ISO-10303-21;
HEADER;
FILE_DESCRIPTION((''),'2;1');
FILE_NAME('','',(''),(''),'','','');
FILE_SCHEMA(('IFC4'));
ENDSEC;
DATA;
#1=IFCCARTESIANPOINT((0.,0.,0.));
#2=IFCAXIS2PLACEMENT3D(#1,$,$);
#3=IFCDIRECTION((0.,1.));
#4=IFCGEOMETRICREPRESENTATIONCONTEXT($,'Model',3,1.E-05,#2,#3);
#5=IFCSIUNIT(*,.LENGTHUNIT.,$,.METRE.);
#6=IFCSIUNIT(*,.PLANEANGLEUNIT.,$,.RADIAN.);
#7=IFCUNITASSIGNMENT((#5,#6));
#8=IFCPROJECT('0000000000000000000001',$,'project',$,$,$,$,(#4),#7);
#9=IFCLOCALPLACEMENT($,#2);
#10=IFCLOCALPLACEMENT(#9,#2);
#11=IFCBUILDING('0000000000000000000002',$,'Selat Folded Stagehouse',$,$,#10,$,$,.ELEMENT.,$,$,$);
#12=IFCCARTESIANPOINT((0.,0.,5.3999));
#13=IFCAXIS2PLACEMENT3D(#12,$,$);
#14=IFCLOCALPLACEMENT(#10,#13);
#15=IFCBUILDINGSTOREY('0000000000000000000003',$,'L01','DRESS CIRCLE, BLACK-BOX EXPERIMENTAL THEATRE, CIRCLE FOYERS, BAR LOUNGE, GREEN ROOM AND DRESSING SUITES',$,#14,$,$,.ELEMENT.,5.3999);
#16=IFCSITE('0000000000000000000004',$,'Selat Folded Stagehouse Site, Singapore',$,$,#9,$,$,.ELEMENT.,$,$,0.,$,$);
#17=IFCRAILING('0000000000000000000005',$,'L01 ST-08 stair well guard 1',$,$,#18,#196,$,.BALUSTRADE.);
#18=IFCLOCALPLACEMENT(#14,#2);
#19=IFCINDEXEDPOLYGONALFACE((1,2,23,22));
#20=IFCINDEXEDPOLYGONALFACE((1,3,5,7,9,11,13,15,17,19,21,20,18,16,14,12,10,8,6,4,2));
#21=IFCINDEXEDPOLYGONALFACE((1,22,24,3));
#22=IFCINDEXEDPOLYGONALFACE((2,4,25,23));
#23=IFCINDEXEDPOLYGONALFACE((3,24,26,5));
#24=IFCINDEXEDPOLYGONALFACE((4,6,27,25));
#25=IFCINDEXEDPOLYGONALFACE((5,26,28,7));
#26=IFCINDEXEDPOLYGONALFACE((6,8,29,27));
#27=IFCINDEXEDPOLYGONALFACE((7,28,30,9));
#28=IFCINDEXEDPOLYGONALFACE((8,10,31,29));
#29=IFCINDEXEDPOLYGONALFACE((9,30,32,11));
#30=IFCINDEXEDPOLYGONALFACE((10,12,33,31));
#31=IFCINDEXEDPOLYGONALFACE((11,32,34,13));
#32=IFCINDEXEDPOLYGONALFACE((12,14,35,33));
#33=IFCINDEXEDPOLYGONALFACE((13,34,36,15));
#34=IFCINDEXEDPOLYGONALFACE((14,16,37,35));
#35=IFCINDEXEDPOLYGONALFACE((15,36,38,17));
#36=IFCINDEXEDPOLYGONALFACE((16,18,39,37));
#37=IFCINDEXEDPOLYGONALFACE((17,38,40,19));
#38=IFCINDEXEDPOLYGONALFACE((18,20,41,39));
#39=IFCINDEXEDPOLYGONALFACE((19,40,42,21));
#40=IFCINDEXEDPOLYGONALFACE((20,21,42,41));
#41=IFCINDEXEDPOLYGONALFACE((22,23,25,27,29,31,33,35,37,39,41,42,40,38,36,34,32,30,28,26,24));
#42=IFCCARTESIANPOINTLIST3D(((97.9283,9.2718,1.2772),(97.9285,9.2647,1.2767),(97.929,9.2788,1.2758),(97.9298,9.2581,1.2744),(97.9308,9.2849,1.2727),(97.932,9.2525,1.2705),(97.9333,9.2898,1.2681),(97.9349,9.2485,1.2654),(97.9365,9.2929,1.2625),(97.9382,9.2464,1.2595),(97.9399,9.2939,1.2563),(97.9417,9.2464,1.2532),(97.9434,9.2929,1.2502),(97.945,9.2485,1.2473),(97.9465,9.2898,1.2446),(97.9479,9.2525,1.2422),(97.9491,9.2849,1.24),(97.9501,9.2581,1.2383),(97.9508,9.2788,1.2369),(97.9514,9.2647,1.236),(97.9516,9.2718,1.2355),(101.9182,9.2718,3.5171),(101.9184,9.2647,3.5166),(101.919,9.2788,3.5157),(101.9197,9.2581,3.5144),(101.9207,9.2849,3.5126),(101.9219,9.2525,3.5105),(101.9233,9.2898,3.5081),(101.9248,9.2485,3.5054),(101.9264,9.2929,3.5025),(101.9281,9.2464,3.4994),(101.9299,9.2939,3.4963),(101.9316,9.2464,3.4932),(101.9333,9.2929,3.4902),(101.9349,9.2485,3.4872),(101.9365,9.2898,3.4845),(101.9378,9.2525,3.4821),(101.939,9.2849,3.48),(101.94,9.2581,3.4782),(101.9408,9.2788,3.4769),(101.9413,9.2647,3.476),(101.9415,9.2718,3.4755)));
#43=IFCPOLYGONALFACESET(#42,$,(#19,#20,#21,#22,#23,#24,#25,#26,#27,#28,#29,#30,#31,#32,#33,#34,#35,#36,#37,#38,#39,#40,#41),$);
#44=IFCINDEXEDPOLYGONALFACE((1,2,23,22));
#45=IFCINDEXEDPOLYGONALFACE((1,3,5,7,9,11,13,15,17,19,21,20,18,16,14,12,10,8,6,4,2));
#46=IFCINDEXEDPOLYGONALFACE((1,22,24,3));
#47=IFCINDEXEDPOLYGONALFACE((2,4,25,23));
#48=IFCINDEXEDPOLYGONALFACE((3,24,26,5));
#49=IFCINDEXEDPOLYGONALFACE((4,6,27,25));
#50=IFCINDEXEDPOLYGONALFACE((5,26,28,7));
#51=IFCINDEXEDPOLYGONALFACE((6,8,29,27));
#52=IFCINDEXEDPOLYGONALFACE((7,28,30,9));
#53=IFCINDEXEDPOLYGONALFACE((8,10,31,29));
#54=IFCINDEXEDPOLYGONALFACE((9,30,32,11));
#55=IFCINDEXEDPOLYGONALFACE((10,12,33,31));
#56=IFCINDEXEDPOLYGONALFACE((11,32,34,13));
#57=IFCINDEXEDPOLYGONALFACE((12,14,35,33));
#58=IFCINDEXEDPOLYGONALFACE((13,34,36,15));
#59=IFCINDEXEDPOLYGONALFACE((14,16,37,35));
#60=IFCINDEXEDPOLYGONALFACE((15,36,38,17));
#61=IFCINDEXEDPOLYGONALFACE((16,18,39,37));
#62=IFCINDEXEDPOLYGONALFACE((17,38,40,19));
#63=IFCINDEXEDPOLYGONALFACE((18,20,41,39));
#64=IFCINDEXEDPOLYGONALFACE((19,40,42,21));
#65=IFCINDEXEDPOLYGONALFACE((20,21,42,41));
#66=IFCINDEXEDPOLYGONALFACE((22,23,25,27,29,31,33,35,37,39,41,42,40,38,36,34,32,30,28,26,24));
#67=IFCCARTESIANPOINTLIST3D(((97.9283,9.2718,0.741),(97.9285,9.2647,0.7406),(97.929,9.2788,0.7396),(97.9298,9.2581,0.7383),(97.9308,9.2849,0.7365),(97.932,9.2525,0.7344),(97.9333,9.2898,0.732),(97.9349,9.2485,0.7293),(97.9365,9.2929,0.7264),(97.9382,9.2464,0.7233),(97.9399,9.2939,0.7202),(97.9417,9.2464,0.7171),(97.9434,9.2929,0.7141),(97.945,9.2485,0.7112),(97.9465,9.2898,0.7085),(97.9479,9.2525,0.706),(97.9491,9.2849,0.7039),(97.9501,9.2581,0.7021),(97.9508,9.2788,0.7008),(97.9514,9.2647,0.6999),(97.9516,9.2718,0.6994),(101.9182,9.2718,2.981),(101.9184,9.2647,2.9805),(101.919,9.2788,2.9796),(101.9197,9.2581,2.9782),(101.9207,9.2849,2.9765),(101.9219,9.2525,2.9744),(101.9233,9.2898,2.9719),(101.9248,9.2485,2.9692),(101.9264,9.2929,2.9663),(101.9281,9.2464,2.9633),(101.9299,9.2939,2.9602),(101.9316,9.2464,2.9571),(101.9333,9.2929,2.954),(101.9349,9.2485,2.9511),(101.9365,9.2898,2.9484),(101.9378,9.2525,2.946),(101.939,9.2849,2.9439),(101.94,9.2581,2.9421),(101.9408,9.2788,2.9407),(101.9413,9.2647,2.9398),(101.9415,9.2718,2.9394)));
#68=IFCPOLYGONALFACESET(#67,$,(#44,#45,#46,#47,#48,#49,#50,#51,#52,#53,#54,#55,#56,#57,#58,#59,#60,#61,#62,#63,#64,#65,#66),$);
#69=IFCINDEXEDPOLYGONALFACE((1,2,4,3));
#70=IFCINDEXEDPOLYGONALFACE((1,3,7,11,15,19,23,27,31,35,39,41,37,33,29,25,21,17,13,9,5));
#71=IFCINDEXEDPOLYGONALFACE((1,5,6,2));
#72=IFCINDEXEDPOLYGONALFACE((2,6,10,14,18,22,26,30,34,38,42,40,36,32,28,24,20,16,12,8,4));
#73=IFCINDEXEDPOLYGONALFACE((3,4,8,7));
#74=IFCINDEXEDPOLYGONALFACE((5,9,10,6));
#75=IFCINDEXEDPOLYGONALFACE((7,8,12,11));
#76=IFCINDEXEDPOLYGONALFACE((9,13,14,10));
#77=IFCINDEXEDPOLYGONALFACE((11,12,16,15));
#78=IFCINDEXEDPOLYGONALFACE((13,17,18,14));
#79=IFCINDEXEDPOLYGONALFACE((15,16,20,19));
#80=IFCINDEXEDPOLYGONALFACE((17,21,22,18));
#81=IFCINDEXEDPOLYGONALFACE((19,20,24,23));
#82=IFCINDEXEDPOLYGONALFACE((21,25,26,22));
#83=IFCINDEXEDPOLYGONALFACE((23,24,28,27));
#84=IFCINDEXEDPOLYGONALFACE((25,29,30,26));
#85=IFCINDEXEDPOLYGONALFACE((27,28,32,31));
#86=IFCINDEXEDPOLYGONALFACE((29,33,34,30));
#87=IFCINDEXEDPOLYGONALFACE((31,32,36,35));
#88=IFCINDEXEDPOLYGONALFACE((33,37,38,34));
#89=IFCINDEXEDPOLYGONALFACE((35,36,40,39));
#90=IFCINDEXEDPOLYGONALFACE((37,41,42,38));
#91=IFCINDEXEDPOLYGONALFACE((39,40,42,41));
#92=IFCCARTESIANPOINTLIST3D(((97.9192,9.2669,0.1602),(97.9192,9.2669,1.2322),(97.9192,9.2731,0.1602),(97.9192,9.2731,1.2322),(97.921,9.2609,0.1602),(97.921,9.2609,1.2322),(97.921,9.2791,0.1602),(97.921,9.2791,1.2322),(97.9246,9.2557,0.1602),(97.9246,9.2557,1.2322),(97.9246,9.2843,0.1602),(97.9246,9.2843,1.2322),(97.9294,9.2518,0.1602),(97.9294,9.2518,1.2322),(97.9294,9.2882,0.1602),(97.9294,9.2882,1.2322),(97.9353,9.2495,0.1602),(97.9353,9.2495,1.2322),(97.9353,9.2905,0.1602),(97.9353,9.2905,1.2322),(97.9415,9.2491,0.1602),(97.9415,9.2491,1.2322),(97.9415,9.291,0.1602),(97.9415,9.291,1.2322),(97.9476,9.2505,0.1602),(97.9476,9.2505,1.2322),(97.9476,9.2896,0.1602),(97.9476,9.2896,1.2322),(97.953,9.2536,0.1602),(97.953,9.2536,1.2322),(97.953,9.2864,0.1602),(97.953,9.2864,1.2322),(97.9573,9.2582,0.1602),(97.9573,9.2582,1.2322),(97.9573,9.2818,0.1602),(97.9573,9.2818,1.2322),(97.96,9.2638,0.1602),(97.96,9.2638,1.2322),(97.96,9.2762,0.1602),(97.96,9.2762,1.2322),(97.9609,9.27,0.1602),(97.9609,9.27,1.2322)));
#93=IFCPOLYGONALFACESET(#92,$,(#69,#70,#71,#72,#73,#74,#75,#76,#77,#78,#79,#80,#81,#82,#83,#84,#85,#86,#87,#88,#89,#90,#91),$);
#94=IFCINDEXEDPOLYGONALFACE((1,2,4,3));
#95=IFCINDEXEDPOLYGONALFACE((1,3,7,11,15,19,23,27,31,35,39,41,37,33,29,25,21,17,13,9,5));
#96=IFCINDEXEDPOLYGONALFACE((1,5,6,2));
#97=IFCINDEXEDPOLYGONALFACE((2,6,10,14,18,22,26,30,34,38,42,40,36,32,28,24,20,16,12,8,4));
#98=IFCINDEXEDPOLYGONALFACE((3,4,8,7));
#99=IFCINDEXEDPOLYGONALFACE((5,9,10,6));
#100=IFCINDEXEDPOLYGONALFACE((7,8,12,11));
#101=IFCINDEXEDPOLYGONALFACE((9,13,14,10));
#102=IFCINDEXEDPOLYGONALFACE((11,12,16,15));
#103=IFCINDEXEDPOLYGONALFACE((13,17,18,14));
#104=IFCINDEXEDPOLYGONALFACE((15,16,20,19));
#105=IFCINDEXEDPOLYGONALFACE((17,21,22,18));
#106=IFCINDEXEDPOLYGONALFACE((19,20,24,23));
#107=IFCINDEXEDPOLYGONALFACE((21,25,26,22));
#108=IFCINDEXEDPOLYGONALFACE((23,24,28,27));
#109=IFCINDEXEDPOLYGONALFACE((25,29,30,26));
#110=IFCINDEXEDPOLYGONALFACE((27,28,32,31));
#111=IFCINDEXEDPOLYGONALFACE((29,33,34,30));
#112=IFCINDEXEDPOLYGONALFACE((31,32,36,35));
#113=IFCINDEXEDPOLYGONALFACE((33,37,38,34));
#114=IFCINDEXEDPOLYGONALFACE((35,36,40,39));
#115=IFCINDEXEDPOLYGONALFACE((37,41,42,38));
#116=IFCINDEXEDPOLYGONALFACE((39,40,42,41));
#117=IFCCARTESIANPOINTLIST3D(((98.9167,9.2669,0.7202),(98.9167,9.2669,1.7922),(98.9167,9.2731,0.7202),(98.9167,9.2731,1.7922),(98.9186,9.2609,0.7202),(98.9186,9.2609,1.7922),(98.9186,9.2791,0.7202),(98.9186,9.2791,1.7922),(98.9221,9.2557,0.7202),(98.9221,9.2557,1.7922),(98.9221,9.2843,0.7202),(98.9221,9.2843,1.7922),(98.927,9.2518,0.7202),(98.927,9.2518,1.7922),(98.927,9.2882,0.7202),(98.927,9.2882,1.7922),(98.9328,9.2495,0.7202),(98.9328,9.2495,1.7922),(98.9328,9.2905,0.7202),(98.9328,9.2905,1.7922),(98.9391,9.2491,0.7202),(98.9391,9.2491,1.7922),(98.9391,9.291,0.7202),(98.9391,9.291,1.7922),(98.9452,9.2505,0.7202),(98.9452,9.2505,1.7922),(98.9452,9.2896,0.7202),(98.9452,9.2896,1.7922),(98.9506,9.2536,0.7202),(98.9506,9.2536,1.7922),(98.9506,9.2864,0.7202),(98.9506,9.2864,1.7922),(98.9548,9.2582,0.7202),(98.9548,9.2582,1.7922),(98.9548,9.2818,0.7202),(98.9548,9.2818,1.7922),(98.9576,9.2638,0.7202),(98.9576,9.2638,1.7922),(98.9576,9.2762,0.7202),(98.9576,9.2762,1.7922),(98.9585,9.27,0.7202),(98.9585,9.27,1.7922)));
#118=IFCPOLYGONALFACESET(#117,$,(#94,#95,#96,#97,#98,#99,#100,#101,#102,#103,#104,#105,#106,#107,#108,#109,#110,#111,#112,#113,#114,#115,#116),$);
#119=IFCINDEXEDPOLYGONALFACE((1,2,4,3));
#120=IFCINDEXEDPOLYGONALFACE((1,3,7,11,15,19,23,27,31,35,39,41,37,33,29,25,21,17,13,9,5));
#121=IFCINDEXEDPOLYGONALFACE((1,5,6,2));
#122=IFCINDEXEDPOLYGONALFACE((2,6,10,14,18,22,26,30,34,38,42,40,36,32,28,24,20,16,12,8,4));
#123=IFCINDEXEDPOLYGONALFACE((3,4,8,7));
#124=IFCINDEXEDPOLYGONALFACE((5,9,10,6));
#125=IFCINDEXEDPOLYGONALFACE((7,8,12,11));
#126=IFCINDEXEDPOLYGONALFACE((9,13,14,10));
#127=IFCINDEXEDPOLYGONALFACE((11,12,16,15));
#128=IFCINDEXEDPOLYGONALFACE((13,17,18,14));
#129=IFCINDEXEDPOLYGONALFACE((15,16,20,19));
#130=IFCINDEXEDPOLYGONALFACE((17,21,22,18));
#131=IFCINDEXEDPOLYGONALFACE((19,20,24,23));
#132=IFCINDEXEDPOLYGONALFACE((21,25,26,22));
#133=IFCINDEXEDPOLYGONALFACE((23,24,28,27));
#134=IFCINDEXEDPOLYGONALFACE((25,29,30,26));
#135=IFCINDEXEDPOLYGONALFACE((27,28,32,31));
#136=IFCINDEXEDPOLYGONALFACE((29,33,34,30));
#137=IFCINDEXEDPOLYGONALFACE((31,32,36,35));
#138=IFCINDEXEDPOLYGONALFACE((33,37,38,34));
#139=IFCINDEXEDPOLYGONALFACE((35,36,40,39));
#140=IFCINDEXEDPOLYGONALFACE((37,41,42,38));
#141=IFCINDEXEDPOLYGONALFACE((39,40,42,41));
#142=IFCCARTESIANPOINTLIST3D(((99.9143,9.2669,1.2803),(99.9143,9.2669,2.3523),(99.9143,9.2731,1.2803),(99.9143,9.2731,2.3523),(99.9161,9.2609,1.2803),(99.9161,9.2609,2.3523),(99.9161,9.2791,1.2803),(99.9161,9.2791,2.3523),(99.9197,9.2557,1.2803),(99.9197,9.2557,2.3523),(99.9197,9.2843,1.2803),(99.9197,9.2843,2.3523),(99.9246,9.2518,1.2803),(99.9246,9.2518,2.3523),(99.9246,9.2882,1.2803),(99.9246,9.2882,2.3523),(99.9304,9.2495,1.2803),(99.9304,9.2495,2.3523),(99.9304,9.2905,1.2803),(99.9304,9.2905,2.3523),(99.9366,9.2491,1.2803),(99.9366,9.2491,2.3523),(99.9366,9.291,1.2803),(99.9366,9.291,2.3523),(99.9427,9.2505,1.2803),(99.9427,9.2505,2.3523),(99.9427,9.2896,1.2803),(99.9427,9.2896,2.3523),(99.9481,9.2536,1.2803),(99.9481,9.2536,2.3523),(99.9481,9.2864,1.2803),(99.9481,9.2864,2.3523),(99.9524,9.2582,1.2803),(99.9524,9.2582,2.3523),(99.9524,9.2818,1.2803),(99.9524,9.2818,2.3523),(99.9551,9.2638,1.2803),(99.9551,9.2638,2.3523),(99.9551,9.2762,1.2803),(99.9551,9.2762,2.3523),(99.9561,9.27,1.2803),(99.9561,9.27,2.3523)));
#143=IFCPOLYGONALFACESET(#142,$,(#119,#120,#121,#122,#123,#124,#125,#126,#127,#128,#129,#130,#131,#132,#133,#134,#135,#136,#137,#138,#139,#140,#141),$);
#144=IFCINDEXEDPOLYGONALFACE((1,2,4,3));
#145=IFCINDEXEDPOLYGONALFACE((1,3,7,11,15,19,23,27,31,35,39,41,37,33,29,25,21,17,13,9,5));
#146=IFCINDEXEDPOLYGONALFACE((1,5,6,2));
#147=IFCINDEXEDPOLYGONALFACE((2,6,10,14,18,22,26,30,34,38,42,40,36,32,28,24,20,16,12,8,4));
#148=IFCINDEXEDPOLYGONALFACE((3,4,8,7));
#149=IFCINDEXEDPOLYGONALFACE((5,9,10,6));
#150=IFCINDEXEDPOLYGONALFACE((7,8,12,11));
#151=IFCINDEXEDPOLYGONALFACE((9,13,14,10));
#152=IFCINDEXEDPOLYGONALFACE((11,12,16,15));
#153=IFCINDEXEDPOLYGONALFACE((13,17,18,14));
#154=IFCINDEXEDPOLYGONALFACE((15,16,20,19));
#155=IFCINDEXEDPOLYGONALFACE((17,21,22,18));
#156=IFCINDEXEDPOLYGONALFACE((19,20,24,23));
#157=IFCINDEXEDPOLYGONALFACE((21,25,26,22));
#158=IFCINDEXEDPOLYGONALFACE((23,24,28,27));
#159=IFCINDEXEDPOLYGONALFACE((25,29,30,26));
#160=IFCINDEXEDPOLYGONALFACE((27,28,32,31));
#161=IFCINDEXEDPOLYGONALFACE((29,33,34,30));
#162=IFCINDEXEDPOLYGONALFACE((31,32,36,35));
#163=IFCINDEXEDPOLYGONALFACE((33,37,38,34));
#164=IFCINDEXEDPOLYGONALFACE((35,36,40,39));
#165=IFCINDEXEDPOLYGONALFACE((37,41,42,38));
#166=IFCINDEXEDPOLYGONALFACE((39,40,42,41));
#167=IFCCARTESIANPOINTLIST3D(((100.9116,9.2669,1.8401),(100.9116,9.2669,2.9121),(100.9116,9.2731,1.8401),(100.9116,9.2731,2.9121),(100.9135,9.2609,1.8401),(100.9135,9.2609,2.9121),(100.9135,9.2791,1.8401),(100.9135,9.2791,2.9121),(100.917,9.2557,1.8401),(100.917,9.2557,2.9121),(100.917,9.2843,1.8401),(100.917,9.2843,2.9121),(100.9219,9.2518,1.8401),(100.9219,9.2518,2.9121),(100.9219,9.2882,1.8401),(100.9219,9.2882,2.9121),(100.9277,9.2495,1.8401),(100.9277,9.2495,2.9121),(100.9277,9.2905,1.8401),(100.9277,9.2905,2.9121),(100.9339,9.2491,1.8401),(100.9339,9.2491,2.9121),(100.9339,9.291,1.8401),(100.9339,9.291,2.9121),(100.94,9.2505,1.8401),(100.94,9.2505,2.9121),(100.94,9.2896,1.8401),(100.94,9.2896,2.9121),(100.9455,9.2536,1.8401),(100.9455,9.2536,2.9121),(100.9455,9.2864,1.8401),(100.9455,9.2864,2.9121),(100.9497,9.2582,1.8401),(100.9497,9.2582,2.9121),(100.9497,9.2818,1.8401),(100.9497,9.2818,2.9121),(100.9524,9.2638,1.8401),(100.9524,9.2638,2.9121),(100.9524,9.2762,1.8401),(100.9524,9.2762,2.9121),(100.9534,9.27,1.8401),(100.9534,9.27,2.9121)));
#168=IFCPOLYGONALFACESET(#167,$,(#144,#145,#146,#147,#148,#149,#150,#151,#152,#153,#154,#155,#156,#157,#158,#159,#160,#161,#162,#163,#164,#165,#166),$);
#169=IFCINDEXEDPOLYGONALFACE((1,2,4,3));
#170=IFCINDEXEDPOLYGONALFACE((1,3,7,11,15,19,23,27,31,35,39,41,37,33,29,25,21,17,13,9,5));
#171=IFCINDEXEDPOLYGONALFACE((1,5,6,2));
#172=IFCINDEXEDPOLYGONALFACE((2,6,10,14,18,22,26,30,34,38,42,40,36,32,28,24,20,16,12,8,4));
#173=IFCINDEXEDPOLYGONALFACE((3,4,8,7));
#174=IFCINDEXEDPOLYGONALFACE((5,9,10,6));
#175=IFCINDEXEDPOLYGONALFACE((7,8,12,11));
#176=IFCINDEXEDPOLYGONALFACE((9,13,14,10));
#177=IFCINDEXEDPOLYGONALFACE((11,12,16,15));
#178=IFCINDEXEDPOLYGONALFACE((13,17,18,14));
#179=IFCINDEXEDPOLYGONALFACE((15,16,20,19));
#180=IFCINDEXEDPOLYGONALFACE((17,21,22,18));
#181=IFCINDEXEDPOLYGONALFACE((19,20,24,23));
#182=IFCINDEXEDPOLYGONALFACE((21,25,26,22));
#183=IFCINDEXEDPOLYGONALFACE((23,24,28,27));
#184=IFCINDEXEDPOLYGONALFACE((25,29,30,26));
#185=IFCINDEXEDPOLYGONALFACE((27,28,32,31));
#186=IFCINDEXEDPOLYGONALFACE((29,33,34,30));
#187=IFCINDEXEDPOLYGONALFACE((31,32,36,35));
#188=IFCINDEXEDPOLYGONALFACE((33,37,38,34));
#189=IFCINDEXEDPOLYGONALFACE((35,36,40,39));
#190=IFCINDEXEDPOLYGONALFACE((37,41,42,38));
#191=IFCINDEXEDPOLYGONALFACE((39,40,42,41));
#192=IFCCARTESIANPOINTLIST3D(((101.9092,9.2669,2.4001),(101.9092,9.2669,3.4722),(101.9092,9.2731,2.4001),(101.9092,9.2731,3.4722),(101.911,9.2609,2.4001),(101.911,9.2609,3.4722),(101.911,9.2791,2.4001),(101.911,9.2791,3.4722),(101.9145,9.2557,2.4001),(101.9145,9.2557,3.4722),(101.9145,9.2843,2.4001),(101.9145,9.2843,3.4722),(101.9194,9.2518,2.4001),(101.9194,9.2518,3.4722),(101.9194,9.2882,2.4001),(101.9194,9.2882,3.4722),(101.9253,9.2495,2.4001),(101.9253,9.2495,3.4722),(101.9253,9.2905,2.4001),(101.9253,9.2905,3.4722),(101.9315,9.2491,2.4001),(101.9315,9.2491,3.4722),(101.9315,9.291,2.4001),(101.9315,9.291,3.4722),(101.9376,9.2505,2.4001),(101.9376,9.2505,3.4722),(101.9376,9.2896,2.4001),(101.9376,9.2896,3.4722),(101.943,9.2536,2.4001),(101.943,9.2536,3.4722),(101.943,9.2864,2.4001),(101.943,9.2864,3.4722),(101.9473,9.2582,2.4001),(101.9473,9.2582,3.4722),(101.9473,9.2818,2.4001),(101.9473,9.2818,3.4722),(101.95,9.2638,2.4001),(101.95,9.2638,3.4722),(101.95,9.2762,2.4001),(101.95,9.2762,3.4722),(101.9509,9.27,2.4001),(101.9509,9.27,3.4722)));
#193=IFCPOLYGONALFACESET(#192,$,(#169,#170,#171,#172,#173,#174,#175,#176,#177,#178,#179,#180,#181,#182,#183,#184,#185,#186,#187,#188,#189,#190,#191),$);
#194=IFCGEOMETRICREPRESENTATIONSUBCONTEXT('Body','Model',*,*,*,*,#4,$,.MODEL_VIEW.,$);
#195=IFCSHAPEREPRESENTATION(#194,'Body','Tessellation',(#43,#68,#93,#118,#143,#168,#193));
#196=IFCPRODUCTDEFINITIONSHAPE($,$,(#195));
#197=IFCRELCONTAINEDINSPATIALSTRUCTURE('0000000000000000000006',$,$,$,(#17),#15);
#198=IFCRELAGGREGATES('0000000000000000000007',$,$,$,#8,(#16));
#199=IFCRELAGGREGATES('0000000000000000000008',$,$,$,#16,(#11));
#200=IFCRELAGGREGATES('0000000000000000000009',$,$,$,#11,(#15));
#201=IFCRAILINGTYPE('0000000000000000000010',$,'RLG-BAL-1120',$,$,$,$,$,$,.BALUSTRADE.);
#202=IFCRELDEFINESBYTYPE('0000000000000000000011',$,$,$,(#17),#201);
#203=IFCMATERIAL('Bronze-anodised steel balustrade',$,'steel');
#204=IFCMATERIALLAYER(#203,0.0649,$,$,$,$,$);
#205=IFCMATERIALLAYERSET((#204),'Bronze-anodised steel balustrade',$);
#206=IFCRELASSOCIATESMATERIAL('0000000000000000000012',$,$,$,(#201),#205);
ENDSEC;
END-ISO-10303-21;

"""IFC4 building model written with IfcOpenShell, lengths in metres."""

from ifc_helpers import new_model, si_unit, direction, frame, origin, origin_2d, place, context, subcontext, project, spatial, circle, extrude, material, layer, layer_set, type_object, element, save


model = new_model("IFC4")

# Units and contexts
model_context = context("Model", 3, precision=1e-05, world=origin(), true_north=direction((0.0, 1.0)))
body_context = subcontext(model_context, "Body", "Model", "MODEL_VIEW")
ifc_project = project(units=[si_unit("LENGTHUNIT", "METRE"), si_unit("PLANEANGLEUNIT", "RADIAN")], contexts=[model_context])

# Site, building, storey
site_placement = place(None, origin())
site = spatial("IfcSite", under=ifc_project, at=site_placement, Name="Selat Folded Stagehouse Site, Singapore", CompositionType="ELEMENT", RefElevation=0.0)
building_placement = place(site_placement, origin())
building = spatial("IfcBuilding", under=site, at=building_placement, Name="Selat Folded Stagehouse", CompositionType="ELEMENT")
storey_placement = place(building_placement, frame((0.0, 0.0, 5.3999)))
storey = spatial("IfcBuildingStorey", under=building, at=storey_placement, Name="L01", Description="DRESS CIRCLE, BLACK-BOX EXPERIMENTAL THEATRE, CIRCLE FOYERS, BAR LOUNGE, GREEN ROOM AND DRESSING SUITES", CompositionType="ELEMENT", Elevation=5.3999)

# Railing
ifc_material_1 = material(Name="Bronze-anodised steel balustrade", Category="steel")
ifc_layer_1 = layer(ifc_material_1, 0.0649)
ifc_layer_set_1 = layer_set([ifc_layer_1], Name="Bronze-anodised steel balustrade")
railing_type_1 = type_object("IfcRailingType", Name="RLG-BAL-1120", PredefinedType="BALUSTRADE", material=ifc_layer_set_1)
railing_1_placement = place(storey_placement, frame((97.9399, 9.27, 0.1602)))
element("IfcRailing", 1, at=railing_1_placement, inside=storey, type_object=railing_type_1, Name="L01 ST-08 stair well guard 1", PredefinedType="BALUSTRADE", context=body_context, shape_type="SweptSolid", body=[
    extrude(circle(Radius=0.0239, at=origin_2d()), frame((0.0, 0.0, 1.0962), z_axis=(0.871984, 0.0, 0.489534), x_axis=(0.0, 1.0, 0.0)), (0.0, 0.0, 1.0), 4.5757),
    extrude(circle(Radius=0.0239, at=origin_2d()), frame((0.0, 0.0, 0.5601), z_axis=(0.871984, 0.0, 0.489534), x_axis=(0.0, 1.0, 0.0)), (0.0, 0.0, 1.0), 4.5757),
    extrude(circle(Radius=0.021, at=origin_2d()), origin(), (0.0, 0.0, 1.0), 1.072),
    extrude(circle(Radius=0.021, at=origin_2d()), frame((0.9976, 0.0, 0.5601)), (0.0, 0.0, 1.0), 1.072),
    extrude(circle(Radius=0.021, at=origin_2d()), frame((1.9951, 0.0, 1.1201)), (0.0, 0.0, 1.0), 1.072),
    extrude(circle(Radius=0.021, at=origin_2d()), frame((2.9924, 0.0, 1.6799)), (0.0, 0.0, 1.0), 1.072),
    extrude(circle(Radius=0.021, at=origin_2d()), frame((3.99, 0.0, 2.24)), (0.0, 0.0, 1.0), 1.072),
])

save(model, "model.ifc")
